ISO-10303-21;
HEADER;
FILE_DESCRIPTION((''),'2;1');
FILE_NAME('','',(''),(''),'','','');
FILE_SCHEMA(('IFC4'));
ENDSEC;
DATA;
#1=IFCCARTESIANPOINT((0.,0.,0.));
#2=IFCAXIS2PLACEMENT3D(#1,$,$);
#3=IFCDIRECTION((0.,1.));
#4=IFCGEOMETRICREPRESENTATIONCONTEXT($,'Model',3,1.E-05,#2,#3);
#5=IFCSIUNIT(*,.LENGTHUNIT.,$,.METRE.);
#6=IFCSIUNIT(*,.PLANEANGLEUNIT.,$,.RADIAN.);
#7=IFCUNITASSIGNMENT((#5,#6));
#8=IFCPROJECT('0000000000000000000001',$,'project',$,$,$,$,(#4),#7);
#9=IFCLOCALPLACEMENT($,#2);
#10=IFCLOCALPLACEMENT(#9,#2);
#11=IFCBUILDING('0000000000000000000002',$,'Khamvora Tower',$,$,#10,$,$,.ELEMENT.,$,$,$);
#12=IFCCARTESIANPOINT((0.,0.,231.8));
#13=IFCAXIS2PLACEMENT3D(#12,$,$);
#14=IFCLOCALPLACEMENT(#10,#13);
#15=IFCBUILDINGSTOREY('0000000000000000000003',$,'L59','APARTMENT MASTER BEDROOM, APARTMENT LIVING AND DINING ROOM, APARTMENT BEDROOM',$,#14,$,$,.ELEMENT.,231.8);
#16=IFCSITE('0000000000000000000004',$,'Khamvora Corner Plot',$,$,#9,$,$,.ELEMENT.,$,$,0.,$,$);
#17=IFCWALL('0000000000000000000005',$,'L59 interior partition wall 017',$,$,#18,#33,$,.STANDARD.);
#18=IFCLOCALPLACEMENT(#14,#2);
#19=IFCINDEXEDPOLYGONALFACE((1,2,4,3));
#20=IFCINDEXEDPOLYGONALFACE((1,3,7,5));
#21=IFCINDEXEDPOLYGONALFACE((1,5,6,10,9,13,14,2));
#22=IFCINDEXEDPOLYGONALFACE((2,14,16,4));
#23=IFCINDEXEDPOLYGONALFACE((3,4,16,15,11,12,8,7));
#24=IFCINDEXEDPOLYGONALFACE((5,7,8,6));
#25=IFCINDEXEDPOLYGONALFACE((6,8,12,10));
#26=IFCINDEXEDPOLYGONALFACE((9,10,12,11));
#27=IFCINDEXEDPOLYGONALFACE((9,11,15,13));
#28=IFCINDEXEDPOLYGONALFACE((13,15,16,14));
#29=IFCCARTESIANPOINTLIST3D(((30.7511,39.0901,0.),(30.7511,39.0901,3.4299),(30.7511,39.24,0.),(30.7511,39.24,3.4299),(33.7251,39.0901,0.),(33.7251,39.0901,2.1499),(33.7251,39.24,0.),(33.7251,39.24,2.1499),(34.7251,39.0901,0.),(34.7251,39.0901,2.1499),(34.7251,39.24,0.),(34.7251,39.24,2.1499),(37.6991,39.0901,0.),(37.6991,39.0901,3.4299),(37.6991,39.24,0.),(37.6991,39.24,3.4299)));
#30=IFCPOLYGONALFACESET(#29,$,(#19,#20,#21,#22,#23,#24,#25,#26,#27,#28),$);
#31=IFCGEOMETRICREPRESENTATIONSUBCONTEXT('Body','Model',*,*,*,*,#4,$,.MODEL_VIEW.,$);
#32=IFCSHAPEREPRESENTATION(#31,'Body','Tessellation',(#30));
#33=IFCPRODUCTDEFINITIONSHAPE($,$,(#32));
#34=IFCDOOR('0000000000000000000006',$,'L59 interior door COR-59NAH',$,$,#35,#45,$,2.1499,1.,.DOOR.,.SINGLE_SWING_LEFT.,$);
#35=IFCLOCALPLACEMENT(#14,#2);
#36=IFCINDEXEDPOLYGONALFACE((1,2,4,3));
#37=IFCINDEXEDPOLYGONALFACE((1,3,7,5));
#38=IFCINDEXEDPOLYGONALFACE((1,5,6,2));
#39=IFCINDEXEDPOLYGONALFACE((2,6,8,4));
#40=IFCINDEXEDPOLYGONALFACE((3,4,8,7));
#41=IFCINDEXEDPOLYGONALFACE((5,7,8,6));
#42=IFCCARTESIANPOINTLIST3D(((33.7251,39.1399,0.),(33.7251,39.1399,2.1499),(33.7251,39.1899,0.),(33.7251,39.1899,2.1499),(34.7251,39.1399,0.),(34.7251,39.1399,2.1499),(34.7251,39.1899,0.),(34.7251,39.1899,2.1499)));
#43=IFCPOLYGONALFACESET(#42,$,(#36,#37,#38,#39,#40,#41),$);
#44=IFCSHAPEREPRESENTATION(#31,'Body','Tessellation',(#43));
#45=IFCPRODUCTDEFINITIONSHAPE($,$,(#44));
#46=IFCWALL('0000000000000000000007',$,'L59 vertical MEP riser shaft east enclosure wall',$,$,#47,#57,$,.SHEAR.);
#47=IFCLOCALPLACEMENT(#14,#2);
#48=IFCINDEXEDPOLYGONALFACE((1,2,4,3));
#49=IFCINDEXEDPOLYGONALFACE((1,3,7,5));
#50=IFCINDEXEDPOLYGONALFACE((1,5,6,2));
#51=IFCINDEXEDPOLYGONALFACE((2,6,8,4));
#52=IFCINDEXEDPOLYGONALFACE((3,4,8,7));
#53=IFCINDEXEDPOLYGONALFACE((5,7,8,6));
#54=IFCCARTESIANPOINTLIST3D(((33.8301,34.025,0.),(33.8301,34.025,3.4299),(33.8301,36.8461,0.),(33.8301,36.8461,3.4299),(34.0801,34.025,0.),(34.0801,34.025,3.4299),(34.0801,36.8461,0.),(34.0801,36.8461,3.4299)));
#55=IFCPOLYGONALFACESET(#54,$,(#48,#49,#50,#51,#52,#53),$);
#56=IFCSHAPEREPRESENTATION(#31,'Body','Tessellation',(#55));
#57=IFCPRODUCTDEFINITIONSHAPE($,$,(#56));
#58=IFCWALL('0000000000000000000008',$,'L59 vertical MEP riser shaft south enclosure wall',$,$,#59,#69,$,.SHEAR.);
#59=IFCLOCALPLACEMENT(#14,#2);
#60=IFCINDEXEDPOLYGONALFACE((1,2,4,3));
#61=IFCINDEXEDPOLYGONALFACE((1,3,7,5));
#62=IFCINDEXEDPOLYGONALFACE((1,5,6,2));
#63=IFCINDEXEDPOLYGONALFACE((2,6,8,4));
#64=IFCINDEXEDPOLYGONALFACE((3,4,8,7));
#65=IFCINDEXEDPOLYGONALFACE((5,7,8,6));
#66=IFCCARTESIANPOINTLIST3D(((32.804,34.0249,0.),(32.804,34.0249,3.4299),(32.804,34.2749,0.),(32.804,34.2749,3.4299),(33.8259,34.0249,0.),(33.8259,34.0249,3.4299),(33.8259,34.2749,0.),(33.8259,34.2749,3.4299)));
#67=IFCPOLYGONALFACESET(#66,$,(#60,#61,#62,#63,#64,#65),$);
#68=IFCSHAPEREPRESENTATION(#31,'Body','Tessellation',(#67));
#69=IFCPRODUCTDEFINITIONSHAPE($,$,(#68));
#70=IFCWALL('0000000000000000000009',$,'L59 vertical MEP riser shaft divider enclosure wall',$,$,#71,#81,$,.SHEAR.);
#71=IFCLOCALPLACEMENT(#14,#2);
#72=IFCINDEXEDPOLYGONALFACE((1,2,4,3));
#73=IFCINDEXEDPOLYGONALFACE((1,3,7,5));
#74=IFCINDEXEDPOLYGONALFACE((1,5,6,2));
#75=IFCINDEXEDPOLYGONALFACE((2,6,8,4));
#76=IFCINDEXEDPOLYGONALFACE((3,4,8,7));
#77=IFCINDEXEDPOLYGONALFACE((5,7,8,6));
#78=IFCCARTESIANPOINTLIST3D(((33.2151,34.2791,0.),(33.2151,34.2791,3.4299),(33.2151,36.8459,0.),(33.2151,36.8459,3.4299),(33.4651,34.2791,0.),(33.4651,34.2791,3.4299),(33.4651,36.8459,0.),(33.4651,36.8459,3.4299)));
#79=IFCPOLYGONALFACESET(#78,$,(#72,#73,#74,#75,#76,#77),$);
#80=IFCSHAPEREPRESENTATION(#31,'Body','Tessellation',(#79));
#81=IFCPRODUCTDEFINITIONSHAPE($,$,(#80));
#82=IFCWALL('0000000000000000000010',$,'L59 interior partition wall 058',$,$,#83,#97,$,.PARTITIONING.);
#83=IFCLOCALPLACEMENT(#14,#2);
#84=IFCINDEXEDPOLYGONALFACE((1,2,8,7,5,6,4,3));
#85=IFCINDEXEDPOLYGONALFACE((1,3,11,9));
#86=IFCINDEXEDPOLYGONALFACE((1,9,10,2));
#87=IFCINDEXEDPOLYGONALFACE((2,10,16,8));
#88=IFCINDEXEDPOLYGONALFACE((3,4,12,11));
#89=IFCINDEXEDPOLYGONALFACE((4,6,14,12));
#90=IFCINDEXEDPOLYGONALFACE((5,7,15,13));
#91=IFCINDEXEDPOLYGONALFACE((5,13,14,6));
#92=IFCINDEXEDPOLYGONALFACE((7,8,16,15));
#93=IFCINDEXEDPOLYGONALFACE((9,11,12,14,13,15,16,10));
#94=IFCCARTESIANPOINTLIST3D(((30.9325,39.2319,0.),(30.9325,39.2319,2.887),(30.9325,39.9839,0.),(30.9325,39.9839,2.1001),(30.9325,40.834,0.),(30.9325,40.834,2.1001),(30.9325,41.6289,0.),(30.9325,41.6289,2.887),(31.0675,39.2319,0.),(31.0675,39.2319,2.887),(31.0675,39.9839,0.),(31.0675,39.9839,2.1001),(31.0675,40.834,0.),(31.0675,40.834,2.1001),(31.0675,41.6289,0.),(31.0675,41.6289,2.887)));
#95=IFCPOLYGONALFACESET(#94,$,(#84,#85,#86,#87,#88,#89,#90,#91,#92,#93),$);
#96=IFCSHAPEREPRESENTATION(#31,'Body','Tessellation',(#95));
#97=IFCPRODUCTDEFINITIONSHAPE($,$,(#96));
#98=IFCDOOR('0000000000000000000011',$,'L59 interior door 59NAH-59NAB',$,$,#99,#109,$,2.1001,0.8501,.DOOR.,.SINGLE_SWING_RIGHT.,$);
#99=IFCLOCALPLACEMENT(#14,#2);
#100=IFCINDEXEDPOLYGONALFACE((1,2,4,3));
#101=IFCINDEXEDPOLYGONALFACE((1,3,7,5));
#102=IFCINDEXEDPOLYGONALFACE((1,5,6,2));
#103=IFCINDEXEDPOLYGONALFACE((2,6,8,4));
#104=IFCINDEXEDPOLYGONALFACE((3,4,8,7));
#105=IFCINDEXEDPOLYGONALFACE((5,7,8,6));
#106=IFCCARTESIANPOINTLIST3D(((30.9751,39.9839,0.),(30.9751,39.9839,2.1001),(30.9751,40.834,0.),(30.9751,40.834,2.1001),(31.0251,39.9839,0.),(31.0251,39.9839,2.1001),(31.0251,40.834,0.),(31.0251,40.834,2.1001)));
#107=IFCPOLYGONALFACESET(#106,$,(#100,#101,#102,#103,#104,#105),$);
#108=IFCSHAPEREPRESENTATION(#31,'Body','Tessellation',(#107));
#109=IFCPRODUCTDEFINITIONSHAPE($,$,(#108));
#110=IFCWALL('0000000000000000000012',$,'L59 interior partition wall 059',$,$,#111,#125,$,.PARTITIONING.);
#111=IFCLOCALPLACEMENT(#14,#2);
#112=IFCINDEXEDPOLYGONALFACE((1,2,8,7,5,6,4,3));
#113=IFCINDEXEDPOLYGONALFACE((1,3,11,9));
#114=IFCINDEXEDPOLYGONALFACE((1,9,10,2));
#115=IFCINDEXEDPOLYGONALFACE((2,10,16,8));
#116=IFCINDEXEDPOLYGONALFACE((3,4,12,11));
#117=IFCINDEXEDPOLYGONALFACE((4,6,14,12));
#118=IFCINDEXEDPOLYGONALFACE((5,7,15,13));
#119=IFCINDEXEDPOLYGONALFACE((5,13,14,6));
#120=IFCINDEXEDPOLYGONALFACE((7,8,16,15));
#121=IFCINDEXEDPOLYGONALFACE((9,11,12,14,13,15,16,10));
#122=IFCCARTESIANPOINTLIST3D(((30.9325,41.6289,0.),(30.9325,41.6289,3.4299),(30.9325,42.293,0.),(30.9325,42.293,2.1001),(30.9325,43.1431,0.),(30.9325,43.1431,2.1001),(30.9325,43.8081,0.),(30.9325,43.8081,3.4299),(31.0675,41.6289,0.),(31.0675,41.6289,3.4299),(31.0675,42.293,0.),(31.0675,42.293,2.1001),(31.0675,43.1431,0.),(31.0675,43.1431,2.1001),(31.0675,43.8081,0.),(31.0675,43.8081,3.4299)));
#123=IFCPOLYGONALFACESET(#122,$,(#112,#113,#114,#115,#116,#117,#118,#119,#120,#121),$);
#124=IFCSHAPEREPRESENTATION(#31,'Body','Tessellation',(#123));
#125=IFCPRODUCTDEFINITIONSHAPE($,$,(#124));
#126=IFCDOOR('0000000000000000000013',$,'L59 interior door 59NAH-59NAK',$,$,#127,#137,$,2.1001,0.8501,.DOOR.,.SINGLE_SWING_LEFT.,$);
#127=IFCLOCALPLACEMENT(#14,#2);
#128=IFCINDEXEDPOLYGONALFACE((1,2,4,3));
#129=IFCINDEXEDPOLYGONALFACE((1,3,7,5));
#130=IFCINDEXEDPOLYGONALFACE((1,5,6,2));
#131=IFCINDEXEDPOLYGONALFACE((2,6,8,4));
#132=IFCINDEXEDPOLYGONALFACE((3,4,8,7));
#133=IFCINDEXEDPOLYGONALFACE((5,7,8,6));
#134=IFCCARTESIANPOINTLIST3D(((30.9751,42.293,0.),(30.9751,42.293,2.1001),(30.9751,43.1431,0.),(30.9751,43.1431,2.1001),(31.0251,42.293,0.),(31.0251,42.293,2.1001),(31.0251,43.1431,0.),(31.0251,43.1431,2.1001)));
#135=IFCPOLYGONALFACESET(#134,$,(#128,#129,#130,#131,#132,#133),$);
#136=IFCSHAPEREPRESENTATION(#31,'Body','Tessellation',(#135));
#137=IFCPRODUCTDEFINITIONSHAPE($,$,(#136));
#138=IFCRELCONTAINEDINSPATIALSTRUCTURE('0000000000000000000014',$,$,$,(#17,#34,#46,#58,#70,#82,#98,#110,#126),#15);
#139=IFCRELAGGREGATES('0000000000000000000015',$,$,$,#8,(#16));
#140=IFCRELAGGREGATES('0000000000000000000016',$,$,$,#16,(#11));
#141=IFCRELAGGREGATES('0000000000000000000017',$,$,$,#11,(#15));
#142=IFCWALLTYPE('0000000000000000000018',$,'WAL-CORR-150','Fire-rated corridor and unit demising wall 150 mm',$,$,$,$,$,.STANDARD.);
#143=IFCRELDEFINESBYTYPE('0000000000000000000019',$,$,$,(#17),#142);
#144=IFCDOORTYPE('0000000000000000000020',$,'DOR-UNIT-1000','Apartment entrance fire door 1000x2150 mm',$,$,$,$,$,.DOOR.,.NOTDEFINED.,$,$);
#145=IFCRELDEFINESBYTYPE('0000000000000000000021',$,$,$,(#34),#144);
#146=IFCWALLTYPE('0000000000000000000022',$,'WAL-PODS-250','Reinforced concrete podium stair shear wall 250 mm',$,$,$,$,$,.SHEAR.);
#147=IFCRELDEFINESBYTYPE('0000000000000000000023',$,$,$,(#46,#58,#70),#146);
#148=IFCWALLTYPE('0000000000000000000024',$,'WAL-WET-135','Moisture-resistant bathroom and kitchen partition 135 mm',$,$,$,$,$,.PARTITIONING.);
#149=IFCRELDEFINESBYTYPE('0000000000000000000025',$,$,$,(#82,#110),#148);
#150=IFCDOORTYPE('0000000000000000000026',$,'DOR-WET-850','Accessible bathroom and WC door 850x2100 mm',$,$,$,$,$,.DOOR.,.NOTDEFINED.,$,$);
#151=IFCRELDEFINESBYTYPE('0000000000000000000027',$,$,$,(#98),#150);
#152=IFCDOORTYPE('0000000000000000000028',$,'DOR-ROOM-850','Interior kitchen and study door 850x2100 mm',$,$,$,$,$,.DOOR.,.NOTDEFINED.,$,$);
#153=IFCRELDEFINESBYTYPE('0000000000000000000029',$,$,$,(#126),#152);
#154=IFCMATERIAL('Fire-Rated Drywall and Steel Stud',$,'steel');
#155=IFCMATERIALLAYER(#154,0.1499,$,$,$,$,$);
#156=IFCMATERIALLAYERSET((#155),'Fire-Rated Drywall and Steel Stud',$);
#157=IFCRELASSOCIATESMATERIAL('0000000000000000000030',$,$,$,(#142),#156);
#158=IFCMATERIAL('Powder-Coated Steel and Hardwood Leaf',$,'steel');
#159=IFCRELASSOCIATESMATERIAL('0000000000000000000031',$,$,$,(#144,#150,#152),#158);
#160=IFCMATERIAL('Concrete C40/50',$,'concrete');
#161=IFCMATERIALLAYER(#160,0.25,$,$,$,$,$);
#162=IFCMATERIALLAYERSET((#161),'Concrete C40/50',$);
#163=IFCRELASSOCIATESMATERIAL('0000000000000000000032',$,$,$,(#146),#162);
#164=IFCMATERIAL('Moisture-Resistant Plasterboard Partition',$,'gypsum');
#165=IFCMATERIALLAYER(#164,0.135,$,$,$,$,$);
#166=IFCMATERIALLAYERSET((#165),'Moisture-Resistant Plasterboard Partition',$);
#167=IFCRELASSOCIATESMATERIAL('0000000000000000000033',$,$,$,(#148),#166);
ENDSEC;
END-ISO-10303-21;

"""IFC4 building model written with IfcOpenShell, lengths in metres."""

from ifc_helpers import new_model, si_unit, direction, frame, frame_2d, origin, place, context, subcontext, project, spatial, rectangle, extrude, material, layer, layer_set, type_object, element, fill, save


model = new_model("IFC4")

# Units and contexts
model_context = context("Model", 3, precision=1e-05, world=origin(), true_north=direction((0.0, 1.0)))
body_context = subcontext(model_context, "Body", "Model", "MODEL_VIEW")
ifc_project = project(units=[si_unit("LENGTHUNIT", "METRE"), si_unit("PLANEANGLEUNIT", "RADIAN")], contexts=[model_context])

# Site, building, storey
site_placement = place(None, origin())
site = spatial("IfcSite", under=ifc_project, at=site_placement, Name="Khamvora Corner Plot", CompositionType="ELEMENT", RefElevation=0.0)
building_placement = place(site_placement, origin())
building = spatial("IfcBuilding", under=site, at=building_placement, Name="Khamvora Tower", CompositionType="ELEMENT")
storey_placement = place(building_placement, frame((0.0, 0.0, 231.8)))
storey = spatial("IfcBuildingStorey", under=building, at=storey_placement, Name="L59", Description="APARTMENT MASTER BEDROOM, APARTMENT LIVING AND DINING ROOM, APARTMENT BEDROOM", CompositionType="ELEMENT", Elevation=231.8)

# Wall, opening, door
ifc_material_1 = material(Name="Powder-Coated Steel and Hardwood Leaf", Category="steel")
ifc_material_2 = material(Name="Fire-Rated Drywall and Steel Stud", Category="steel")
ifc_layer_1 = layer(ifc_material_2, 0.1499)
ifc_layer_set_1 = layer_set([ifc_layer_1], Name="Fire-Rated Drywall and Steel Stud")
wall_type_1 = type_object("IfcWallType", Name="WAL-CORR-150", Description="Fire-rated corridor and unit demising wall 150 mm", PredefinedType="STANDARD", material=ifc_layer_set_1)
wall_1_placement = place(storey_placement, frame((30.751, 39.165, 0.0), z_axis=(0.0, 0.0, 1.0), x_axis=(1.0, 0.0, 0.0)))
wall_1 = element("IfcWall", 1, at=wall_1_placement, inside=storey, type_object=wall_type_1, Name="L59 interior partition wall 017", PredefinedType="STANDARD", context=body_context, shape_type="SweptSolid", body=[
    extrude(rectangle(XDim=6.948, YDim=0.1499, at=frame_2d((3.4741, 0.0))), origin(), (0.0, 0.0, 1.0), 3.4299),
])
opening_1_placement = place(wall_1_placement, frame((2.9741, 0.0, 0.0)))
opening_1 = element("IfcOpeningElement", 2, at=opening_1_placement, cuts=wall_1, PredefinedType="OPENING", context=body_context, shape_type="SweptSolid", body=[
    extrude(rectangle(XDim=1.0, YDim=2.1499, at=frame_2d((0.5, 1.075))), frame((0.0, 0.085, 0.0), z_axis=(0.0, -1.0, 0.0), x_axis=(1.0, 0.0, 0.0)), (0.0, 0.0, 1.0), 0.1699),
])
door_type_1 = type_object("IfcDoorType", Name="DOR-UNIT-1000", Description="Apartment entrance fire door 1000x2150 mm", OperationType="NOTDEFINED", PredefinedType="DOOR", material=ifc_material_1)
door_1_placement = place(opening_1_placement, origin())
door_1 = element("IfcDoor", 3, at=door_1_placement, inside=storey, type_object=door_type_1, Name="L59 interior door COR-59NAH", OperationType="SINGLE_SWING_LEFT", OverallHeight=2.1499, OverallWidth=1.0, PredefinedType="DOOR", context=body_context, shape_type="SweptSolid", body=[
    extrude(rectangle(XDim=1.0, YDim=2.1499, at=frame_2d((0.5, 1.075))), frame((0.0, 0.0249, 0.0), z_axis=(0.0, -1.0, 0.0), x_axis=(1.0, 0.0, 0.0)), (0.0, 0.0, 1.0), 0.05),
])
fill(opening_1, door_1)

# Walls
ifc_material_3 = material(Name="Concrete C40/50", Category="concrete")
ifc_layer_2 = layer(ifc_material_3, 0.25)
ifc_layer_set_2 = layer_set([ifc_layer_2], Name="Concrete C40/50")
wall_type_2 = type_object("IfcWallType", Name="WAL-PODS-250", Description="Reinforced concrete podium stair shear wall 250 mm", PredefinedType="SHEAR", material=ifc_layer_set_2)
wall_2_placement = place(storey_placement, frame((33.9551, 34.0249, 0.0), z_axis=(0.0, 0.0, 1.0), x_axis=(0.0, 1.0, 0.0)))
element("IfcWall", 4, at=wall_2_placement, inside=storey, type_object=wall_type_2, Name="L59 vertical MEP riser shaft east enclosure wall", PredefinedType="SHEAR", context=body_context, shape_type="SweptSolid", body=[
    extrude(rectangle(XDim=2.821, YDim=0.25, at=frame_2d((1.4106, 0.0))), origin(), (0.0, 0.0, 1.0), 3.4299),
])
wall_3_placement = place(storey_placement, frame((32.804, 34.1499, 0.0), z_axis=(0.0, 0.0, 1.0), x_axis=(1.0, 0.0, 0.0)))
element("IfcWall", 5, at=wall_3_placement, inside=storey, type_object=wall_type_2, Name="L59 vertical MEP riser shaft south enclosure wall", PredefinedType="SHEAR", context=body_context, shape_type="SweptSolid", body=[
    extrude(rectangle(XDim=1.022, YDim=0.25, at=frame_2d((0.511, 0.0))), origin(), (0.0, 0.0, 1.0), 3.4299),
])
wall_4_placement = place(storey_placement, frame((33.3401, 34.2791, 0.0), z_axis=(0.0, 0.0, 1.0), x_axis=(0.0, 1.0, 0.0)))
element("IfcWall", 6, at=wall_4_placement, inside=storey, type_object=wall_type_2, Name="L59 vertical MEP riser shaft divider enclosure wall", PredefinedType="SHEAR", context=body_context, shape_type="SweptSolid", body=[
    extrude(rectangle(XDim=2.5669, YDim=0.25, at=frame_2d((1.2834, 0.0))), origin(), (0.0, 0.0, 1.0), 3.4299),
])

# Walls, openings, doors
ifc_material_4 = material(Name="Moisture-Resistant Plasterboard Partition", Category="gypsum")
ifc_layer_3 = layer(ifc_material_4, 0.135)
ifc_layer_set_3 = layer_set([ifc_layer_3], Name="Moisture-Resistant Plasterboard Partition")
wall_type_3 = type_object("IfcWallType", Name="WAL-WET-135", Description="Moisture-resistant bathroom and kitchen partition 135 mm", PredefinedType="PARTITIONING", material=ifc_layer_set_3)
wall_5_placement = place(storey_placement, frame((31.0, 39.2319, 0.0), z_axis=(0.0, 0.0, 1.0), x_axis=(0.0, 1.0, 0.0)))
wall_5 = element("IfcWall", 7, at=wall_5_placement, inside=storey, type_object=wall_type_3, Name="L59 interior partition wall 058", PredefinedType="PARTITIONING", context=body_context, shape_type="SweptSolid", body=[
    extrude(rectangle(XDim=2.397, YDim=0.135, at=frame_2d((1.1985, 0.0))), origin(), (0.0, 0.0, 1.0), 2.887),
])
opening_2_placement = place(wall_5_placement, frame((0.752, 0.0, 0.0)))
opening_2 = element("IfcOpeningElement", 8, at=opening_2_placement, cuts=wall_5, PredefinedType="OPENING", context=body_context, shape_type="SweptSolid", body=[
    extrude(rectangle(XDim=0.8501, YDim=2.1001, at=frame_2d((0.425, 1.05))), frame((0.0, 0.0774, 0.0), z_axis=(0.0, -1.0, 0.0), x_axis=(1.0, 0.0, 0.0)), (0.0, 0.0, 1.0), 0.155),
])
door_type_2 = type_object("IfcDoorType", Name="DOR-WET-850", Description="Accessible bathroom and WC door 850x2100 mm", OperationType="NOTDEFINED", PredefinedType="DOOR", material=ifc_material_1)
door_2_placement = place(opening_2_placement, origin())
door_2 = element("IfcDoor", 9, at=door_2_placement, inside=storey, type_object=door_type_2, Name="L59 interior door 59NAH-59NAB", OperationType="SINGLE_SWING_RIGHT", OverallHeight=2.1001, OverallWidth=0.8501, PredefinedType="DOOR", context=body_context, shape_type="SweptSolid", body=[
    extrude(rectangle(XDim=0.8501, YDim=2.1001, at=frame_2d((0.425, 1.05))), frame((0.0, 0.0249, 0.0), z_axis=(0.0, -1.0, 0.0), x_axis=(1.0, 0.0, 0.0)), (0.0, 0.0, 1.0), 0.05),
])
fill(opening_2, door_2)
wall_6_placement = place(storey_placement, frame((31.0, 41.6289, 0.0), z_axis=(0.0, 0.0, 1.0), x_axis=(0.0, 1.0, 0.0)))
wall_6 = element("IfcWall", 10, at=wall_6_placement, inside=storey, type_object=wall_type_3, Name="L59 interior partition wall 059", PredefinedType="PARTITIONING", context=body_context, shape_type="SweptSolid", body=[
    extrude(rectangle(XDim=2.1792, YDim=0.135, at=frame_2d((1.0896, 0.0))), origin(), (0.0, 0.0, 1.0), 3.4299),
])
opening_3_placement = place(wall_6_placement, frame((0.6641, 0.0, 0.0)))
opening_3 = element("IfcOpeningElement", 11, at=opening_3_placement, cuts=wall_6, PredefinedType="OPENING", context=body_context, shape_type="SweptSolid", body=[
    extrude(rectangle(XDim=0.8501, YDim=2.1001, at=frame_2d((0.425, 1.05))), frame((0.0, 0.0774, 0.0), z_axis=(0.0, -1.0, 0.0), x_axis=(1.0, 0.0, 0.0)), (0.0, 0.0, 1.0), 0.155),
])
door_type_3 = type_object("IfcDoorType", Name="DOR-ROOM-850", Description="Interior kitchen and study door 850x2100 mm", OperationType="NOTDEFINED", PredefinedType="DOOR", material=ifc_material_1)
door_3_placement = place(opening_3_placement, origin())
door_3 = element("IfcDoor", 12, at=door_3_placement, inside=storey, type_object=door_type_3, Name="L59 interior door 59NAH-59NAK", OperationType="SINGLE_SWING_LEFT", OverallHeight=2.1001, OverallWidth=0.8501, PredefinedType="DOOR", context=body_context, shape_type="SweptSolid", body=[
    extrude(rectangle(XDim=0.8501, YDim=2.1001, at=frame_2d((0.425, 1.05))), frame((0.0, 0.0249, 0.0), z_axis=(0.0, -1.0, 0.0), x_axis=(1.0, 0.0, 0.0)), (0.0, 0.0, 1.0), 0.05),
])
fill(opening_3, door_3)

save(model, "model.ifc")
